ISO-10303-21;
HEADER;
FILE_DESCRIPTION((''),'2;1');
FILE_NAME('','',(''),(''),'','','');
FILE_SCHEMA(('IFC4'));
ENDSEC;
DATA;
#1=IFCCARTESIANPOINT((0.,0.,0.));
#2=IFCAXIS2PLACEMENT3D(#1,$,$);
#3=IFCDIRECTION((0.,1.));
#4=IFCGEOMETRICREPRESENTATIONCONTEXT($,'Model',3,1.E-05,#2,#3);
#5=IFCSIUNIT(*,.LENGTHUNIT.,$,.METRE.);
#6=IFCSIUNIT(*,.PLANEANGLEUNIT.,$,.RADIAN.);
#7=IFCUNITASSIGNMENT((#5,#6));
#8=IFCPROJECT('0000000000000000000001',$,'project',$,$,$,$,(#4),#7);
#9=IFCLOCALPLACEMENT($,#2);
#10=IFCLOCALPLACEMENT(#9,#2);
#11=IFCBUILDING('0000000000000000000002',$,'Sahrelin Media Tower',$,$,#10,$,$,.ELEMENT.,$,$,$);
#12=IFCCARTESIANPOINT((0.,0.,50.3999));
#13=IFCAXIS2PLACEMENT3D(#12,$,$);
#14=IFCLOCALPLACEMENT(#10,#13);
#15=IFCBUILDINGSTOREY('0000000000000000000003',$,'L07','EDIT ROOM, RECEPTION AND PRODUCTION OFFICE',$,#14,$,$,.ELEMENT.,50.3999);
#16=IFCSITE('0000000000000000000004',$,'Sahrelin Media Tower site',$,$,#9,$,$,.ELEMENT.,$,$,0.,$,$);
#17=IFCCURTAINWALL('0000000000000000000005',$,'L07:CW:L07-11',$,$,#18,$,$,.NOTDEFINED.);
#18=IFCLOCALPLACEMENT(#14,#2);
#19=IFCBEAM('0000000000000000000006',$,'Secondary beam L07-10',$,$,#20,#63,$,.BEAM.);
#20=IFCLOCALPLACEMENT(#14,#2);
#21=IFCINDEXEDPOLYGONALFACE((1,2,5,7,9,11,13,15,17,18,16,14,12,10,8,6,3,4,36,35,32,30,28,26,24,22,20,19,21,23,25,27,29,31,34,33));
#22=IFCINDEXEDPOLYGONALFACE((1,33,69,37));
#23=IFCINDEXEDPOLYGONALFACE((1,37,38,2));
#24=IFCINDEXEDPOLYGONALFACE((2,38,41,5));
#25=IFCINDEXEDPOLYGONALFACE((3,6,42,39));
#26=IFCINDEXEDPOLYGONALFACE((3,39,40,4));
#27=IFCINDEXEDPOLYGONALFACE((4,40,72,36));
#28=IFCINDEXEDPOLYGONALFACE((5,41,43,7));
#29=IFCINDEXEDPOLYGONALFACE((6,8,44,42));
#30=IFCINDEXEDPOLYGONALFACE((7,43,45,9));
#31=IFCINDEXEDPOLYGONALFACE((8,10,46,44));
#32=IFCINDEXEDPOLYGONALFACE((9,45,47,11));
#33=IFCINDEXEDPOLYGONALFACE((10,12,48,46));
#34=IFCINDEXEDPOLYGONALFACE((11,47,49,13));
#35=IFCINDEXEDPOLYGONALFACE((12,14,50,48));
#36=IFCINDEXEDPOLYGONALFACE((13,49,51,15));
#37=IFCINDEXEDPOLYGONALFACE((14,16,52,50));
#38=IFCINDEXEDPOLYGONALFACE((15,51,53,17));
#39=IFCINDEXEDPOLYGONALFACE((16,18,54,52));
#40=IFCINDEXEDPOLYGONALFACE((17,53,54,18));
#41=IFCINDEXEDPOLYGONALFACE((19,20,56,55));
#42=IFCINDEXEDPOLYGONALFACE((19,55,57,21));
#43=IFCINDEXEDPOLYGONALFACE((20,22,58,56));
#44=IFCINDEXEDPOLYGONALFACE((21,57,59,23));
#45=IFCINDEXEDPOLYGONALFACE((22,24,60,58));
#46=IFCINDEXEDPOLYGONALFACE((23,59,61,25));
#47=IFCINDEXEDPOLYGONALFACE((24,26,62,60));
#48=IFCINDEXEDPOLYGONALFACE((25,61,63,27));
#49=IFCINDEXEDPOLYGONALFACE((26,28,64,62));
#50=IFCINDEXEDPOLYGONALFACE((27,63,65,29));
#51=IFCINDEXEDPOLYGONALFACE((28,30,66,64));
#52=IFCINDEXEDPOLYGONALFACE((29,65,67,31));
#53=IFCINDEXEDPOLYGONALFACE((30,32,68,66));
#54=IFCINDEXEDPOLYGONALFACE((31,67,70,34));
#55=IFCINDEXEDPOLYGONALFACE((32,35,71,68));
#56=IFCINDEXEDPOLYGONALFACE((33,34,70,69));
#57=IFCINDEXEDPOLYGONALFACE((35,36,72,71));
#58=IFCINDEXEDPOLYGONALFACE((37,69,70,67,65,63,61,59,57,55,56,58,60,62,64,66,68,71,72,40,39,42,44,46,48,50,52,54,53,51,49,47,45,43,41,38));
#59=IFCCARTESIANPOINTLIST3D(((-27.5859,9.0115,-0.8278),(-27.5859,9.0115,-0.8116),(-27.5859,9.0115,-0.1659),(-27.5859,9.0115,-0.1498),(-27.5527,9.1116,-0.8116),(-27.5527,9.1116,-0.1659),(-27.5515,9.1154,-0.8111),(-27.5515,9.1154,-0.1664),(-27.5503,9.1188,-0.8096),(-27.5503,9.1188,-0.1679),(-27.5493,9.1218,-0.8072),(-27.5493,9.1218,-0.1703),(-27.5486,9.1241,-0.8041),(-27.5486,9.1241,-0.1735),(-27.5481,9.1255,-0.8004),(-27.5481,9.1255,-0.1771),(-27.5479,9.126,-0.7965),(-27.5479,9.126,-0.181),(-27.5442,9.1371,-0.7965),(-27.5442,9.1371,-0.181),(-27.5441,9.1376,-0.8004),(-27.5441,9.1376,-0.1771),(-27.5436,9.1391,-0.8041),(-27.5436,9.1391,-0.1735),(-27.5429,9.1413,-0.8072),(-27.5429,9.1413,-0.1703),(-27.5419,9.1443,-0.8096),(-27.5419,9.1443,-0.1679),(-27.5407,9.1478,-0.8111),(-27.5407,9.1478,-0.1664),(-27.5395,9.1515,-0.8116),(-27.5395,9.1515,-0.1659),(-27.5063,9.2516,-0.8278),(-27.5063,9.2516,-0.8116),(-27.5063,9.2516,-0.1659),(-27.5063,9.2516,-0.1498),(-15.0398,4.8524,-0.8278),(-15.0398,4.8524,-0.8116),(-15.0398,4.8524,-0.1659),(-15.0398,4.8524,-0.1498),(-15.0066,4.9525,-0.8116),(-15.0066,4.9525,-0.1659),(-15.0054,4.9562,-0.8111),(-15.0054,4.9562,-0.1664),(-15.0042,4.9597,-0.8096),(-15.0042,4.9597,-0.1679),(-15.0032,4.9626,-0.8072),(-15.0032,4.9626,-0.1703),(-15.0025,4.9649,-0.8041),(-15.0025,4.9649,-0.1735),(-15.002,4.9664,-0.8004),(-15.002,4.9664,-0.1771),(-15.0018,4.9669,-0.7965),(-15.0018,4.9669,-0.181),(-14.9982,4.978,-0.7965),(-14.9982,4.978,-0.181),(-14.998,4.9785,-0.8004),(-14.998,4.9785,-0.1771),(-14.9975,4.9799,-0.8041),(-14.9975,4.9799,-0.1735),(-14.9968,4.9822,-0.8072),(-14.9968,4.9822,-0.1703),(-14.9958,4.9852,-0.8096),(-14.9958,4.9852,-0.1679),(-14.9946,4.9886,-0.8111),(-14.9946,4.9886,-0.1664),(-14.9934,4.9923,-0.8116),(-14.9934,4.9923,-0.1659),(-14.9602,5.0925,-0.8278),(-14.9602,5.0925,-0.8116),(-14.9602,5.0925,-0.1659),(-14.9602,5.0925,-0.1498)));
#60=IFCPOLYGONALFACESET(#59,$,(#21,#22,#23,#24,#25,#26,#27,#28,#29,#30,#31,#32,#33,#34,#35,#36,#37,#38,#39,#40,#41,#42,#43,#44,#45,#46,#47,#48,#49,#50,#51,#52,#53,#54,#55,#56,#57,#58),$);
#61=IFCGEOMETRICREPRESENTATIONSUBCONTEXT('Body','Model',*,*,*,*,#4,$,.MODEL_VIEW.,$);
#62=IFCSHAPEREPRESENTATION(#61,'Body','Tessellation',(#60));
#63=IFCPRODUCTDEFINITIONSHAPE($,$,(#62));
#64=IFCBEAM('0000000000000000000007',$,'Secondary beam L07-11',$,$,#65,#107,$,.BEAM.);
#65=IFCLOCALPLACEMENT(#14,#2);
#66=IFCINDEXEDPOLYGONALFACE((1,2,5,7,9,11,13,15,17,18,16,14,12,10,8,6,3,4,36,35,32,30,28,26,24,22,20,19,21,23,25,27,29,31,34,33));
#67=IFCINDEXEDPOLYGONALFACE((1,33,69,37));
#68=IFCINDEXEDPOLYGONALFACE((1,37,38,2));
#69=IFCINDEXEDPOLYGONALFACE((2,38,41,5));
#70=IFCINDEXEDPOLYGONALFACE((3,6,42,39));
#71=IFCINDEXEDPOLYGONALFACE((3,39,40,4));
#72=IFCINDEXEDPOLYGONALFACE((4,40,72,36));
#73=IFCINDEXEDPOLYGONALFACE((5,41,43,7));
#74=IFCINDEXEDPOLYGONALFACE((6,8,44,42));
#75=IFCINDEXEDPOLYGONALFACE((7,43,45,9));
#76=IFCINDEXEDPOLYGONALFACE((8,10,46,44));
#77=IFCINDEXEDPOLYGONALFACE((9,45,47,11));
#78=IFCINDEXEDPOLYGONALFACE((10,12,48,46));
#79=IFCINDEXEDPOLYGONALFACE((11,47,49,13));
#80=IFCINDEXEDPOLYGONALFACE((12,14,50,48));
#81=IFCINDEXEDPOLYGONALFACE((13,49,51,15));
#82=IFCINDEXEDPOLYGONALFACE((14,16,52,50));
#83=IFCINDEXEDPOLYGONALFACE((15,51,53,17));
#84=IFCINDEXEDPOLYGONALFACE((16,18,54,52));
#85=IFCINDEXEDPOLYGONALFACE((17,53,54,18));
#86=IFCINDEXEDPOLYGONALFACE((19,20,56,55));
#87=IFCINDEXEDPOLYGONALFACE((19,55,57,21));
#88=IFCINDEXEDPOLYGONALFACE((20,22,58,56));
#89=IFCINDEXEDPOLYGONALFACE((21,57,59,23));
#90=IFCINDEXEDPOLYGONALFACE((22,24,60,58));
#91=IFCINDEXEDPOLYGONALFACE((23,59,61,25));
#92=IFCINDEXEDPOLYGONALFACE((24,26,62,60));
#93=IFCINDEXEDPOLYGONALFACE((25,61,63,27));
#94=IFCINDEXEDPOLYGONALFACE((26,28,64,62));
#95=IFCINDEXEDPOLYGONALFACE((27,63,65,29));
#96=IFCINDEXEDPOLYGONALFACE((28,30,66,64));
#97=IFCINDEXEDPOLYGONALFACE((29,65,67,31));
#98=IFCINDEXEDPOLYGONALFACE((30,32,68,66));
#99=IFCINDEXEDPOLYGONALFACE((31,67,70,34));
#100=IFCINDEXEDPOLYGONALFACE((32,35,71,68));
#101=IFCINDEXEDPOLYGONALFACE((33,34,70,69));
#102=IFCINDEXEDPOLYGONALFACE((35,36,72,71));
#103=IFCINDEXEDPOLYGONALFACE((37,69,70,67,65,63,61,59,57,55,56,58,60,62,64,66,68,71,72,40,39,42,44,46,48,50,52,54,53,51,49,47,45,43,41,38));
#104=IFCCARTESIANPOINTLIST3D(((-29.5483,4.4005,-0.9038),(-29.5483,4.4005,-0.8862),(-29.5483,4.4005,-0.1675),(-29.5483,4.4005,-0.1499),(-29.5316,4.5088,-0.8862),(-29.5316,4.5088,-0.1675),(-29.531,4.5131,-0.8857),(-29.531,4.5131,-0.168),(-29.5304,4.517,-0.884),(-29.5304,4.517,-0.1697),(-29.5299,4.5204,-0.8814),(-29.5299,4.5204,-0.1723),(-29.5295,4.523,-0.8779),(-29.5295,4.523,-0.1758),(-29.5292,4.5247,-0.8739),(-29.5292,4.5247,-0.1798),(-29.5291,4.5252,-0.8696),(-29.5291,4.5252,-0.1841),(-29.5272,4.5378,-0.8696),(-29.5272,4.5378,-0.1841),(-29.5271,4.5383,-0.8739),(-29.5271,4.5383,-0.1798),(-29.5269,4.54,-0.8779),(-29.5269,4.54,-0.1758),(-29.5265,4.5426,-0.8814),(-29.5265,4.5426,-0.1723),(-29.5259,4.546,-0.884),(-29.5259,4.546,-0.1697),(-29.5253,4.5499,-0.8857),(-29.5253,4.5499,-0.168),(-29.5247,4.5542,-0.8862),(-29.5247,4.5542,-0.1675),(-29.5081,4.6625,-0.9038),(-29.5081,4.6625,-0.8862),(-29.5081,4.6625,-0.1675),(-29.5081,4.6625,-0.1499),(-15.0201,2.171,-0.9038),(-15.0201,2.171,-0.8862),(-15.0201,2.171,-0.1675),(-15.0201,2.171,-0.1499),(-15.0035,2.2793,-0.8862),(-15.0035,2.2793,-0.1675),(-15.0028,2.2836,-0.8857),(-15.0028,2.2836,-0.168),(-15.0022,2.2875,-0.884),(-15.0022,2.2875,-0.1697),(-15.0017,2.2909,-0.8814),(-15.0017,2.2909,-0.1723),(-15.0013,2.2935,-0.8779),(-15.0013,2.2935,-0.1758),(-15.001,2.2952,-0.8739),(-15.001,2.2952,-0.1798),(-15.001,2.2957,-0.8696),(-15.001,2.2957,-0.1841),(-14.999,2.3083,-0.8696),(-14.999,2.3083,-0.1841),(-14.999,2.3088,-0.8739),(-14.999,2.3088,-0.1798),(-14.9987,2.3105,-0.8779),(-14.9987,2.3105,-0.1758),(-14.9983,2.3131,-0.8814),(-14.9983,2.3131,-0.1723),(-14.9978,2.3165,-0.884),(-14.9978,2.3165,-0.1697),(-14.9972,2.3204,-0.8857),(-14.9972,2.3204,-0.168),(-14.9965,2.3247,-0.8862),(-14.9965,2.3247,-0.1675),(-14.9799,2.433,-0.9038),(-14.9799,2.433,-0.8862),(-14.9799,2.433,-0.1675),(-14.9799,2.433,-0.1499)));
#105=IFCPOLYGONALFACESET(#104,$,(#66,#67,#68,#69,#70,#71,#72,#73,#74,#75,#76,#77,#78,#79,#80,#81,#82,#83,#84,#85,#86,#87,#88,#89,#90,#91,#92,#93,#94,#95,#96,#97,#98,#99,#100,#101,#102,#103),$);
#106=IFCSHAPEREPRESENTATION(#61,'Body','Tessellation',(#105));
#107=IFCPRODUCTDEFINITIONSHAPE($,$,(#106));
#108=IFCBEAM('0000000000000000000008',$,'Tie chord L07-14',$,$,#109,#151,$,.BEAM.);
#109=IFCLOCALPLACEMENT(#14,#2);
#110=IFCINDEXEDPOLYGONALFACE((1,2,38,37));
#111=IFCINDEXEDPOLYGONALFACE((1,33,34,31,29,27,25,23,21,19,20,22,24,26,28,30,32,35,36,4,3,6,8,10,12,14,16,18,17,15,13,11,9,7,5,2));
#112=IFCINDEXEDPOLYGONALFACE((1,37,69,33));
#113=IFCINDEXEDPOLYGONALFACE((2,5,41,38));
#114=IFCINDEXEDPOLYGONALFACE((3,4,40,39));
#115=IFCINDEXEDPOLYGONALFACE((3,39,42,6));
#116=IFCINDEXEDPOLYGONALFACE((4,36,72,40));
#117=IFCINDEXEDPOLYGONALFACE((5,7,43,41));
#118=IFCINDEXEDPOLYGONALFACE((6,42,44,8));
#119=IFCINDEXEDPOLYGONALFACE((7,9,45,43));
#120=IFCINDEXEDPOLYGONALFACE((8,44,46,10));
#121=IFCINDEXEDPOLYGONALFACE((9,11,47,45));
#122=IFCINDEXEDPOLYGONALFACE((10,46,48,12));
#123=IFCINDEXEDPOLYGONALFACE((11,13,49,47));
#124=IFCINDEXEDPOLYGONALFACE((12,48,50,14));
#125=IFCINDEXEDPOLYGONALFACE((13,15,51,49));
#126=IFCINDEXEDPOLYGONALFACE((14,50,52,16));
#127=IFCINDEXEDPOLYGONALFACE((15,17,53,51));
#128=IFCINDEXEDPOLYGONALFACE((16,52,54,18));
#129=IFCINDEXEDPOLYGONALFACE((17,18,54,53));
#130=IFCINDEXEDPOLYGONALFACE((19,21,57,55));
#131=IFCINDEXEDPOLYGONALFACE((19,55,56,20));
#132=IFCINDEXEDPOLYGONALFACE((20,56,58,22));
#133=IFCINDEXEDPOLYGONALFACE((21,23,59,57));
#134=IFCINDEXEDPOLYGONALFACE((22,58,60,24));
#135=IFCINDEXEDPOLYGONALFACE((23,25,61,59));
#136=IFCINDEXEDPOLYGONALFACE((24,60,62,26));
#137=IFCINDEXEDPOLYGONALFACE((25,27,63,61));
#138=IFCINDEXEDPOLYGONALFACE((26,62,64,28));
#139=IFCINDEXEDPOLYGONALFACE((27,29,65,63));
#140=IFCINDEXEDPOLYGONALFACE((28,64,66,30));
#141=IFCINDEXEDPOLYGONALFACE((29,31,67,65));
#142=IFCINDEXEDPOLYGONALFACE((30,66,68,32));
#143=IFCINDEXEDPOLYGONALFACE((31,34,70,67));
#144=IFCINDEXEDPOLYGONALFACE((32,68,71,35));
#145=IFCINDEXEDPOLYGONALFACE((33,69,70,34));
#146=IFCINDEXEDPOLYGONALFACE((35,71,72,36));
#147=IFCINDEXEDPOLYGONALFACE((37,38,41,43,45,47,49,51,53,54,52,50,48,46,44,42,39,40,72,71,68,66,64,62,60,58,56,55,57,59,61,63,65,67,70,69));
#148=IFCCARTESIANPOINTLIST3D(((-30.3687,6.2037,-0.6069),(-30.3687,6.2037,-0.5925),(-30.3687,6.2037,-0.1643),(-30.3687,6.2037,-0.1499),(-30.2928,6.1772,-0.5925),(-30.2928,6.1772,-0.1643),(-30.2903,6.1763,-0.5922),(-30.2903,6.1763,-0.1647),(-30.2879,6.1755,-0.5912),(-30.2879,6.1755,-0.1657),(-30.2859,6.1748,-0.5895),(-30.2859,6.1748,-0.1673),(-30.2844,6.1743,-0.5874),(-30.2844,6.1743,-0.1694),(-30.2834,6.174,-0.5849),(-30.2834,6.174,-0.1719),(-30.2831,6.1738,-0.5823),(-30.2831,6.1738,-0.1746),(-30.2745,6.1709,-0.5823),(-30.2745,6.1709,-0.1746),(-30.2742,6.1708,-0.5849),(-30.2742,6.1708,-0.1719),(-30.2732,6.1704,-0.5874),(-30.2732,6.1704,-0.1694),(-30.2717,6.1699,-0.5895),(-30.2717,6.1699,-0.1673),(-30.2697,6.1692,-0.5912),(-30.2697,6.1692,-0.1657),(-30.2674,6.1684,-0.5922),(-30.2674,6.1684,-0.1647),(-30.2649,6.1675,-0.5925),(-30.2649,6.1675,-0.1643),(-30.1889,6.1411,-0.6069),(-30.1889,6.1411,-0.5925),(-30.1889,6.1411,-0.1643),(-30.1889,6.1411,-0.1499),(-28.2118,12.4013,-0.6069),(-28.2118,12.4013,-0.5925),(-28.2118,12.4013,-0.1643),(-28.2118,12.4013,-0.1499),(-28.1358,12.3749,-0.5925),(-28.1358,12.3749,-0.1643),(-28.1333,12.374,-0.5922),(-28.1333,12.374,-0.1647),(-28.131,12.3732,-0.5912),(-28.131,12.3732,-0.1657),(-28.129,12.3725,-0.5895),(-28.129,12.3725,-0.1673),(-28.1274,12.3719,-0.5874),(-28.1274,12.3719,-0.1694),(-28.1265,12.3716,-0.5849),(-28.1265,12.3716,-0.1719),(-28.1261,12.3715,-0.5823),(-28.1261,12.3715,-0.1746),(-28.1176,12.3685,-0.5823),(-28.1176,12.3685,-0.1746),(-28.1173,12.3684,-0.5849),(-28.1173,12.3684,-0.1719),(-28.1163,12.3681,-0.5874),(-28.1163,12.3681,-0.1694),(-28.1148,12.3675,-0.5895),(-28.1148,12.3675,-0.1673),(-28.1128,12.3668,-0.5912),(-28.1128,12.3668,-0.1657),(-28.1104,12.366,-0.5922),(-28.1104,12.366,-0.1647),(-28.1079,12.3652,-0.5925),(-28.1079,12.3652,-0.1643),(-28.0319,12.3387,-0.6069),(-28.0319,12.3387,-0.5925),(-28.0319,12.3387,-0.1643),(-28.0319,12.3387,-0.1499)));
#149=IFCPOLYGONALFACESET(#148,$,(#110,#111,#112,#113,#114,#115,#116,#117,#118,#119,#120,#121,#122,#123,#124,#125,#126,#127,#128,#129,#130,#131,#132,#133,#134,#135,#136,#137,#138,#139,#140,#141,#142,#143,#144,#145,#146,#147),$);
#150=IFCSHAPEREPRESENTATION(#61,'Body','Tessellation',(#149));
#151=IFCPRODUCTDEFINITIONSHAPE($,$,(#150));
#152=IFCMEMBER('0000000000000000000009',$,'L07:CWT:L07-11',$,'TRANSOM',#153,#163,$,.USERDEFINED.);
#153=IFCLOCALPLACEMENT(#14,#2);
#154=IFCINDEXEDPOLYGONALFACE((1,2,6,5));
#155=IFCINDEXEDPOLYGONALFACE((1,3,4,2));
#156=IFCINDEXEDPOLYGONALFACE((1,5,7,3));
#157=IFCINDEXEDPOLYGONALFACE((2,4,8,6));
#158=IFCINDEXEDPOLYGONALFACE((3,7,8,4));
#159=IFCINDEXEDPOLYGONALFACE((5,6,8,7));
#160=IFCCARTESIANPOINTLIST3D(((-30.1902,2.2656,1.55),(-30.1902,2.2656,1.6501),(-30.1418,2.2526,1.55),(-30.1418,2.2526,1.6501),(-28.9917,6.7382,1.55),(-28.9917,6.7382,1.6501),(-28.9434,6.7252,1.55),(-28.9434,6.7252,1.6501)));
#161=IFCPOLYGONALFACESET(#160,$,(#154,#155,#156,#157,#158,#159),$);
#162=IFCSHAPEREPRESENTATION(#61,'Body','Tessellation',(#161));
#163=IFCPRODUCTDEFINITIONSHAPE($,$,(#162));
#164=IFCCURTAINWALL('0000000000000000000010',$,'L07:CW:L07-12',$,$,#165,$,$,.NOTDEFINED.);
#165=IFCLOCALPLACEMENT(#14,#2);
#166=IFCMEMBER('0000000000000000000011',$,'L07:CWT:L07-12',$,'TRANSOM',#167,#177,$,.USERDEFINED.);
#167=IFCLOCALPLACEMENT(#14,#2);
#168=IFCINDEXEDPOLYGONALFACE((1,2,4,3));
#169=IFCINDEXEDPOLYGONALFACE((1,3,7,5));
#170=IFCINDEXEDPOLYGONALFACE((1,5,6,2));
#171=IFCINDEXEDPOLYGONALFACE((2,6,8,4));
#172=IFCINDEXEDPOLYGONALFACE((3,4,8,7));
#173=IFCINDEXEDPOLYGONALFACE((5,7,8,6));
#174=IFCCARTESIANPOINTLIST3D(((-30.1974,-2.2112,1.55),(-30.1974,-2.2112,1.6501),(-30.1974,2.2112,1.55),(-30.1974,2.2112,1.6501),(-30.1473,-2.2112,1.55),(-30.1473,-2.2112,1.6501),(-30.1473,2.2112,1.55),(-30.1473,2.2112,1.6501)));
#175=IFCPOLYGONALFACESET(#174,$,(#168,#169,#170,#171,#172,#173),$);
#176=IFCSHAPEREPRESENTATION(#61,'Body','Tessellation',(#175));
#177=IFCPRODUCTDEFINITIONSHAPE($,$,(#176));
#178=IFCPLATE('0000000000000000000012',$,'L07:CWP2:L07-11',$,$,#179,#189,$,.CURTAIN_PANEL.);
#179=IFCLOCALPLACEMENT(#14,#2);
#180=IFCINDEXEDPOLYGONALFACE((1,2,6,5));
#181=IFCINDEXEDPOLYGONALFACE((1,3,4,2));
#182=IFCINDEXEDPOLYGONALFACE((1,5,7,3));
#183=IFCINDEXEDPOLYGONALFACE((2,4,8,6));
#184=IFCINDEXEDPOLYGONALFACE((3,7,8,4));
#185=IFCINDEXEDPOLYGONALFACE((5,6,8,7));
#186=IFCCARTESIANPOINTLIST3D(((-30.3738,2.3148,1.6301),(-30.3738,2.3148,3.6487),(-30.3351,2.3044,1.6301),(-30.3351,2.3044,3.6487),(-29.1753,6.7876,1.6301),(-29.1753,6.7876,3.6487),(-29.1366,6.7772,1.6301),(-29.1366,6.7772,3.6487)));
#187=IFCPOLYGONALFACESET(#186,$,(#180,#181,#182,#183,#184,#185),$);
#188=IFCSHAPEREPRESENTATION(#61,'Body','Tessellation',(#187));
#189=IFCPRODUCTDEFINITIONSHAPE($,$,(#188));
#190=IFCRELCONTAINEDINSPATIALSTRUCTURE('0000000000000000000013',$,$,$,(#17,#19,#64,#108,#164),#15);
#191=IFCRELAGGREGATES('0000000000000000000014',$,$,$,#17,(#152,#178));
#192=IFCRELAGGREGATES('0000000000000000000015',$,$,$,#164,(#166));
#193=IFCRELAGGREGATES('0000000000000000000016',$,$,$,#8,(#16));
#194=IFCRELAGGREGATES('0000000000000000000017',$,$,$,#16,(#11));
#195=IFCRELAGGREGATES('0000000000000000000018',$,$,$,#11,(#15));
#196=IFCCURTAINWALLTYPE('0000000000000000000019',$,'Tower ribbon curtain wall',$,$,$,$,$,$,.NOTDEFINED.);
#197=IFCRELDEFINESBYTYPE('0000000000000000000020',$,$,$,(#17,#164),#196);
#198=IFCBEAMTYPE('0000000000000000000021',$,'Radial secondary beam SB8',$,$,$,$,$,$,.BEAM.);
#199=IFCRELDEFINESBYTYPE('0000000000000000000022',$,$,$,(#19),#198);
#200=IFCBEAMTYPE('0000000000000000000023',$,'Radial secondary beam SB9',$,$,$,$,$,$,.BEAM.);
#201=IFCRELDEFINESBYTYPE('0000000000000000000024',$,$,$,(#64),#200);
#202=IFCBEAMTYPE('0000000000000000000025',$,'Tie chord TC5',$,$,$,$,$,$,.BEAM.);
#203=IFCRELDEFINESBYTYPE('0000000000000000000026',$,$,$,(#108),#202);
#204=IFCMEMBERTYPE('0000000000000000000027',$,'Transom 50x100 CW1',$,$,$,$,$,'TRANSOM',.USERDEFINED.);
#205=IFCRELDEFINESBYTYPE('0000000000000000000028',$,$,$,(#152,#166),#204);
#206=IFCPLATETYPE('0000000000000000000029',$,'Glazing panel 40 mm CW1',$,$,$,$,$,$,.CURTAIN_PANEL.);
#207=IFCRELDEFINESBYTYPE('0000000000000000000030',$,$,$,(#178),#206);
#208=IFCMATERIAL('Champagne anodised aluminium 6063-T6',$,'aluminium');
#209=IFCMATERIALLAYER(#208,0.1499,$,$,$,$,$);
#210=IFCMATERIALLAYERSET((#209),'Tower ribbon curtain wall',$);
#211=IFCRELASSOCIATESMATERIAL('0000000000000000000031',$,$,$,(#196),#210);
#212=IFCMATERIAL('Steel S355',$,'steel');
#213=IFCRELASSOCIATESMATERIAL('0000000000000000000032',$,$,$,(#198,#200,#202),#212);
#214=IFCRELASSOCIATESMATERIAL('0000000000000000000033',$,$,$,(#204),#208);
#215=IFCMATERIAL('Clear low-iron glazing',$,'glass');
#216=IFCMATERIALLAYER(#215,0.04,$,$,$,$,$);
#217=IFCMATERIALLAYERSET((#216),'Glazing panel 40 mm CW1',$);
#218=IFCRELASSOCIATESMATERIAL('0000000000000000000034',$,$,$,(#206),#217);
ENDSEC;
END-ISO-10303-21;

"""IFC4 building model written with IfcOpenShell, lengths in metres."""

from ifc_helpers import new_model, si_unit, direction, frame, origin, origin_2d, place, context, subcontext, project, spatial, polyline, rectangle, i_section, outline, extrude, material, layer, layer_set, material_profile, profile_set, type_object, element, aggregate, save


model = new_model("IFC4")

# Units and contexts
model_context = context("Model", 3, precision=1e-05, world=origin(), true_north=direction((0.0, 1.0)))
body_context = subcontext(model_context, "Body", "Model", "MODEL_VIEW")
ifc_project = project(units=[si_unit("LENGTHUNIT", "METRE"), si_unit("PLANEANGLEUNIT", "RADIAN")], contexts=[model_context])

# Site, building, storey
site_placement = place(None, origin())
site = spatial("IfcSite", under=ifc_project, at=site_placement, Name="Sahrelin Media Tower site", CompositionType="ELEMENT", RefElevation=0.0)
building_placement = place(site_placement, origin())
building = spatial("IfcBuilding", under=site, at=building_placement, Name="Sahrelin Media Tower", CompositionType="ELEMENT")
storey_placement = place(building_placement, frame((0.0, 0.0, 50.3999)))
storey = spatial("IfcBuildingStorey", under=building, at=storey_placement, Name="L07", Description="EDIT ROOM, RECEPTION AND PRODUCTION OFFICE", CompositionType="ELEMENT", Elevation=50.3999)

# Shared definitions
ifc_material_1 = material(Name="Steel S355", Category="steel")

# Curtain wall
ifc_material_2 = material(Name="Champagne anodised aluminium 6063-T6", Category="aluminium")
ifc_layer_1 = layer(ifc_material_2, 0.1499)
ifc_layer_set_1 = layer_set([ifc_layer_1], Name="Tower ribbon curtain wall")
curtain_wall_type = type_object("IfcCurtainWallType", Name="Tower ribbon curtain wall", PredefinedType="NOTDEFINED", material=ifc_layer_set_1)
curtain_wall_1_placement = place(storey_placement, frame((-29.7551, 4.5459, 0.0), z_axis=(0.0, 0.0, 1.0), x_axis=(1.0, 0.0, 0.0)))
curtain_wall_1 = element("IfcCurtainWall", 1, at=curtain_wall_1_placement, inside=storey, type_object=curtain_wall_type, Name="L07:CW:L07-11", PredefinedType="NOTDEFINED")

# Beams
ifc_material_profile_1 = material_profile(ifc_material_1, i_section(OverallWidth=0.2529, OverallDepth=0.678, WebThickness=0.0117, FlangeThickness=0.0161, FilletRadius=0.0151, at=origin_2d()), Name="UB 686x254x125")
ifc_profile_set_1 = profile_set([ifc_material_profile_1], Name="Steel S355")
beam_type_1 = type_object("IfcBeamType", Name="Radial secondary beam SB8", PredefinedType="BEAM", material=ifc_profile_set_1)
beam_1_placement = place(storey_placement, frame((-15.0, 4.9724, -0.4888), z_axis=(-0.949201, 0.31467, 0.0), x_axis=(-0.31467, -0.949201, 0.0)))
element("IfcBeam", 2, at=beam_1_placement, inside=storey, type_object=beam_type_1, Name="Secondary beam L07-10", PredefinedType="BEAM", context=body_context, shape_type="SweptSolid", body=[
    extrude(i_section(OverallWidth=0.2529, OverallDepth=0.678, WebThickness=0.0117, FlangeThickness=0.0161, FilletRadius=0.0151, at=origin_2d()), origin(), (0.0, 0.0, 1.0), 13.2175),
])
ifc_material_profile_2 = material_profile(ifc_material_1, i_section(OverallWidth=0.2651, OverallDepth=0.7539, WebThickness=0.0127, FlangeThickness=0.0176, FilletRadius=0.0166, at=origin_2d()), Name="UB 762x267x147")
ifc_profile_set_2 = profile_set([ifc_material_profile_2], Name="Steel S355")
beam_type_2 = type_object("IfcBeamType", Name="Radial secondary beam SB9", PredefinedType="BEAM", material=ifc_profile_set_2)
beam_2_placement = place(storey_placement, frame((-15.0, 2.302, -0.5269), z_axis=(-0.988429, 0.151685, 0.0), x_axis=(-0.151685, -0.988429, 0.0)))
element("IfcBeam", 3, at=beam_2_placement, inside=storey, type_object=beam_type_2, Name="Secondary beam L07-11", PredefinedType="BEAM", context=body_context, shape_type="SweptSolid", body=[
    extrude(i_section(OverallWidth=0.2651, OverallDepth=0.7539, WebThickness=0.0127, FlangeThickness=0.0176, FilletRadius=0.0166, at=origin_2d()), origin(), (0.0, 0.0, 1.0), 14.6982),
])
ifc_material_profile_3 = material_profile(ifc_material_1, i_section(OverallWidth=0.1904, OverallDepth=0.457, WebThickness=0.009, FlangeThickness=0.0144, FilletRadius=0.0103, at=origin_2d()), Name="UB 457x191x74")
ifc_profile_set_3 = profile_set([ifc_material_profile_3], Name="Steel S355")
beam_type_3 = type_object("IfcBeamType", Name="Tie chord TC5", PredefinedType="BEAM", material=ifc_profile_set_3)
beam_3_placement = place(storey_placement, frame((-30.2788, 6.1724, -0.3784), z_axis=(0.328689, 0.944438, 0.0), x_axis=(-0.944438, 0.328689, 0.0)))
element("IfcBeam", 4, at=beam_3_placement, inside=storey, type_object=beam_type_3, Name="Tie chord L07-14", PredefinedType="BEAM", context=body_context, shape_type="SweptSolid", body=[
    extrude(i_section(OverallWidth=0.1904, OverallDepth=0.457, WebThickness=0.009, FlangeThickness=0.0144, FilletRadius=0.0103, at=origin_2d()), origin(), (0.0, 0.0, 1.0), 6.5623),
])

# Member
ifc_material_profile_4 = material_profile(ifc_material_2, rectangle(XDim=0.05, YDim=0.1001, at=origin_2d()), Name="Transom 50x100")
ifc_profile_set_4 = profile_set([ifc_material_profile_4], Name="Champagne anodised aluminium 6063-T6")
member_type_1 = type_object("IfcMemberType", Name="Transom 50x100 CW1", ElementType="TRANSOM", PredefinedType="USERDEFINED", material=ifc_profile_set_4)
member_1_placement = place(storey_placement, frame((-28.9675, 6.7317, 1.6001), z_axis=(-0.258827, -0.965924, 0.0), x_axis=(0.965924, -0.258827, 0.0)))
member_1 = element("IfcMember", 5, at=member_1_placement, type_object=member_type_1, Name="L07:CWT:L07-11", ObjectType="TRANSOM", PredefinedType="USERDEFINED", context=body_context, shape_type="SweptSolid", body=[
    extrude(rectangle(XDim=0.05, YDim=0.1001, at=origin_2d()), origin(), (0.0, 0.0, 1.0), 4.6304),
])

# Curtain wall, member
curtain_wall_2_placement = place(storey_placement, frame((-30.3672, 0.0, 0.0), z_axis=(0.0, 0.0, 1.0), x_axis=(1.0, 0.0, 0.0)))
curtain_wall_2 = element("IfcCurtainWall", 6, at=curtain_wall_2_placement, inside=storey, type_object=curtain_wall_type, Name="L07:CW:L07-12", PredefinedType="NOTDEFINED")
member_2_placement = place(storey_placement, frame((-30.1724, 2.2112, 1.6001), z_axis=(0.0, -1.0, 0.0), x_axis=(1.0, 0.0, 0.0)))
member_2 = element("IfcMember", 7, at=member_2_placement, type_object=member_type_1, Name="L07:CWT:L07-12", ObjectType="TRANSOM", PredefinedType="USERDEFINED", context=body_context, shape_type="SweptSolid", body=[
    extrude(rectangle(XDim=0.05, YDim=0.1001, at=origin_2d()), origin(), (0.0, 0.0, 1.0), 4.4224),
])

# Plate
ifc_material_3 = material(Name="Clear low-iron glazing", Category="glass")
ifc_layer_2 = layer(ifc_material_3, 0.04)
ifc_layer_set_2 = layer_set([ifc_layer_2], Name="Glazing panel 40 mm CW1")
plate_type_1 = type_object("IfcPlateType", Name="Glazing panel 40 mm CW1", PredefinedType="CURTAIN_PANEL", material=ifc_layer_set_2)
plate_1_placement = place(storey_placement, frame((-29.1753, 6.7876, 1.6301), z_axis=(-0.965927, 0.258814, 0.0), x_axis=(-0.258814, -0.965927, 0.0)))
plate_1 = element("IfcPlate", 8, at=plate_1_placement, type_object=plate_type_1, Name="L07:CWP2:L07-11", PredefinedType="CURTAIN_PANEL", context=body_context, shape_type="SweptSolid", body=[
    extrude(outline(polyline([(0.0, 0.0), (4.6306, 0.0), (4.6306, 2.0186), (0.0, 2.0186), (0.0, 0.0)])), origin(), (0.0, 0.0, -1.0), 0.04),
])
aggregate(curtain_wall_1, [member_1, plate_1])
aggregate(curtain_wall_2, [member_2])

save(model, "model.ifc")
